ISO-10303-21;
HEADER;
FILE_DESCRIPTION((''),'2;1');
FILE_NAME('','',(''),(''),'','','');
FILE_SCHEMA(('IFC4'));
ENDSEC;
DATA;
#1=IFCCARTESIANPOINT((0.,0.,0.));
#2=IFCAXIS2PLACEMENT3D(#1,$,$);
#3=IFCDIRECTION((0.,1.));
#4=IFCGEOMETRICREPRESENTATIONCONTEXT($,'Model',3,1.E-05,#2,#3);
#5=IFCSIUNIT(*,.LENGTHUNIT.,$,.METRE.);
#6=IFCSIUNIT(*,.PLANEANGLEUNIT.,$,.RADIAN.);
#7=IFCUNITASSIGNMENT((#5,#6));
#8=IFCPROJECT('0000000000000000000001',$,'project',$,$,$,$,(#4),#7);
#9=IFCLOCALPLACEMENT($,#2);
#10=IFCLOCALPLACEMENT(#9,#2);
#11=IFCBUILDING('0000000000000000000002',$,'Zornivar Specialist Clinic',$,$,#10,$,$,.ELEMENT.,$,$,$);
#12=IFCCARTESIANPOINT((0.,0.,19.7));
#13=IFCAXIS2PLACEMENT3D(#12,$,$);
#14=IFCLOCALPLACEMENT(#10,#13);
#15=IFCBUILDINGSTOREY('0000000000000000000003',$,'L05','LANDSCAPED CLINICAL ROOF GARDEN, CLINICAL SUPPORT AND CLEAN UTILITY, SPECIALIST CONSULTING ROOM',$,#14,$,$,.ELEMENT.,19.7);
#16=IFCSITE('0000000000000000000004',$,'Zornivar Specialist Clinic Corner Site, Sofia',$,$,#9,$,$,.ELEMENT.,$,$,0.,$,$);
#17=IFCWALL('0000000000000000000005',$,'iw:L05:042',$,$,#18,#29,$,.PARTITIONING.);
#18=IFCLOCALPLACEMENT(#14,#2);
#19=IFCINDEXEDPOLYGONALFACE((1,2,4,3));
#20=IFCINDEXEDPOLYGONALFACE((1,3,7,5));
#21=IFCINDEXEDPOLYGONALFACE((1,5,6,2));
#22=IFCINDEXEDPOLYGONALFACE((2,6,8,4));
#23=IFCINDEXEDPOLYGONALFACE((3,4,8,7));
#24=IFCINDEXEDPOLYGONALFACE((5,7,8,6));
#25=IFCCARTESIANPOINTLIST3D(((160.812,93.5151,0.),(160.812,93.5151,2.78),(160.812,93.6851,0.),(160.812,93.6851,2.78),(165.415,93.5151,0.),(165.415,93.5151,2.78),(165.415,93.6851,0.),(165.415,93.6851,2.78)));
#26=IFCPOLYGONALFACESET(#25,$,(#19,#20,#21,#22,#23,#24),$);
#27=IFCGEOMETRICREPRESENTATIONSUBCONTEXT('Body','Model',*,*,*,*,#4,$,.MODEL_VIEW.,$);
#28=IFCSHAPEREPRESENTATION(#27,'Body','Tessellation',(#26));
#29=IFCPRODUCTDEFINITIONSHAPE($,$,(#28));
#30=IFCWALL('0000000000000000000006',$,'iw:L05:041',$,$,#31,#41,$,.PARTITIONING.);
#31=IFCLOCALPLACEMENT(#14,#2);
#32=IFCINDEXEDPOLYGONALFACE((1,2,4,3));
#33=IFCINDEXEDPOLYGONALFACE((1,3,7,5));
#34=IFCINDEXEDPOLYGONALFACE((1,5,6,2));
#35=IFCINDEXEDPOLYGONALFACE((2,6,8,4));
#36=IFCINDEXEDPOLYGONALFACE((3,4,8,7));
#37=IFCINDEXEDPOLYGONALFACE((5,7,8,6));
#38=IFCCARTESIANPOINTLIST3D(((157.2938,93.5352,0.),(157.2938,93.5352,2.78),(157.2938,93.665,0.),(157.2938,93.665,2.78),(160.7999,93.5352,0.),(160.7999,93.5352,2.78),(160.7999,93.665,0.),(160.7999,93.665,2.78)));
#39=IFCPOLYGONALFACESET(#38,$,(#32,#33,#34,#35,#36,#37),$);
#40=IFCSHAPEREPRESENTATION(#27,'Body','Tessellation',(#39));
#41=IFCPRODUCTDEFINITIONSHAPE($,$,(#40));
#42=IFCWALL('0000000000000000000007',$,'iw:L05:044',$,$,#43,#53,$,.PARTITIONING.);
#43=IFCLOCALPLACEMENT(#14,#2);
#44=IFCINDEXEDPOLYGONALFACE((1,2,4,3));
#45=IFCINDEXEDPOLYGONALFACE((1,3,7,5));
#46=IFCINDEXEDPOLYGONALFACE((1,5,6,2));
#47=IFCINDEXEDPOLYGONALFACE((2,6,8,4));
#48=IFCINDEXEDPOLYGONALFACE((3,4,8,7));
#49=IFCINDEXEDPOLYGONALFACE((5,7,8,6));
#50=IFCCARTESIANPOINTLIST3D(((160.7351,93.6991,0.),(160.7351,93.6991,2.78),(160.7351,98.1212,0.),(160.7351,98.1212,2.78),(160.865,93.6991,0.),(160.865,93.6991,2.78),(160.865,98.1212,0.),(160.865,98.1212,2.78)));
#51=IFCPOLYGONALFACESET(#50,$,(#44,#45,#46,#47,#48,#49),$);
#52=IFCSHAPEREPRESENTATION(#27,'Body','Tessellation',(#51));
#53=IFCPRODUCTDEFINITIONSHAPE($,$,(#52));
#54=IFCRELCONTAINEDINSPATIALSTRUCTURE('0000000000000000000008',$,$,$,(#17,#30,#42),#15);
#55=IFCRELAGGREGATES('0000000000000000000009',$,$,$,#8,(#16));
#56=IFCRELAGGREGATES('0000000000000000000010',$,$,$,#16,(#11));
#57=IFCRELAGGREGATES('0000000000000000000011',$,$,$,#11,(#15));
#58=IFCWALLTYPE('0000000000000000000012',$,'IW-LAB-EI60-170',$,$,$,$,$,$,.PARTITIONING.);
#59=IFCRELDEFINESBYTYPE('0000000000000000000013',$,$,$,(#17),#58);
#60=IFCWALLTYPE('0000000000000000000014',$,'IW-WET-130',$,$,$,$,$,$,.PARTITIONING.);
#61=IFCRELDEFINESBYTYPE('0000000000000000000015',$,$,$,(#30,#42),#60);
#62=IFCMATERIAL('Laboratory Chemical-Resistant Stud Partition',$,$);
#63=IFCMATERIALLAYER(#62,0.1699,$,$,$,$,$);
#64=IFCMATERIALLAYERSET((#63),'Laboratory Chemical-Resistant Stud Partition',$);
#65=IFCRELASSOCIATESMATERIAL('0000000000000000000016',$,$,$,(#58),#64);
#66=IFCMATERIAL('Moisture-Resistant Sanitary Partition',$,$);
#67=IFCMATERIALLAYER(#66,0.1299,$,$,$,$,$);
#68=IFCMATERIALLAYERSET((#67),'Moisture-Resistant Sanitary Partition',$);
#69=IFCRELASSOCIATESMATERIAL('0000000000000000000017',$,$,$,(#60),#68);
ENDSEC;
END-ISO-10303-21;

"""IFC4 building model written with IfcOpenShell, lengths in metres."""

from ifc_helpers import new_model, si_unit, direction, frame, frame_2d, origin, place, context, subcontext, project, spatial, rectangle, extrude, material, layer, layer_set, type_object, element, save


model = new_model("IFC4")

# Units and contexts
model_context = context("Model", 3, precision=1e-05, world=origin(), true_north=direction((0.0, 1.0)))
body_context = subcontext(model_context, "Body", "Model", "MODEL_VIEW")
ifc_project = project(units=[si_unit("LENGTHUNIT", "METRE"), si_unit("PLANEANGLEUNIT", "RADIAN")], contexts=[model_context])

# Site, building, storey
site_placement = place(None, origin())
site = spatial("IfcSite", under=ifc_project, at=site_placement, Name="Zornivar Specialist Clinic Corner Site, Sofia", CompositionType="ELEMENT", RefElevation=0.0)
building_placement = place(site_placement, origin())
building = spatial("IfcBuilding", under=site, at=building_placement, Name="Zornivar Specialist Clinic", CompositionType="ELEMENT")
storey_placement = place(building_placement, frame((0.0, 0.0, 19.7)))
storey = spatial("IfcBuildingStorey", under=building, at=storey_placement, Name="L05", Description="LANDSCAPED CLINICAL ROOF GARDEN, CLINICAL SUPPORT AND CLEAN UTILITY, SPECIALIST CONSULTING ROOM", CompositionType="ELEMENT", Elevation=19.7)

# Walls
ifc_material_1 = material(Name="Laboratory Chemical-Resistant Stud Partition")
ifc_layer_1 = layer(ifc_material_1, 0.1699)
ifc_layer_set_1 = layer_set([ifc_layer_1], Name="Laboratory Chemical-Resistant Stud Partition")
wall_type_1 = type_object("IfcWallType", Name="IW-LAB-EI60-170", PredefinedType="PARTITIONING", material=ifc_layer_set_1)
wall_1_placement = place(storey_placement, frame((160.812, 93.6001, 0.0), z_axis=(0.0, 0.0, 1.0), x_axis=(1.0, 0.0, 0.0)))
element("IfcWall", 1, at=wall_1_placement, inside=storey, type_object=wall_type_1, Name="iw:L05:042", PredefinedType="PARTITIONING", context=body_context, shape_type="SweptSolid", body=[
    extrude(rectangle(XDim=4.603, YDim=0.1699, at=frame_2d((2.3015, 0.0))), origin(), (0.0, 0.0, 1.0), 2.78),
])
ifc_material_2 = material(Name="Moisture-Resistant Sanitary Partition")
ifc_layer_2 = layer(ifc_material_2, 0.1299)
ifc_layer_set_2 = layer_set([ifc_layer_2], Name="Moisture-Resistant Sanitary Partition")
wall_type_2 = type_object("IfcWallType", Name="IW-WET-130", PredefinedType="PARTITIONING", material=ifc_layer_set_2)
wall_2_placement = place(storey_placement, frame((157.2939, 93.6001, 0.0), z_axis=(0.0, 0.0, 1.0), x_axis=(1.0, 0.0, 0.0)))
element("IfcWall", 2, at=wall_2_placement, inside=storey, type_object=wall_type_2, Name="iw:L05:041", PredefinedType="PARTITIONING", context=body_context, shape_type="SweptSolid", body=[
    extrude(rectangle(XDim=3.5061, YDim=0.1299, at=frame_2d((1.7529, 0.0))), origin(), (0.0, 0.0, 1.0), 2.78),
])
wall_3_placement = place(storey_placement, frame((160.8, 98.1211, 0.0), z_axis=(0.0, 0.0, 1.0), x_axis=(0.0, -1.0, 0.0)))
element("IfcWall", 3, at=wall_3_placement, inside=storey, type_object=wall_type_2, Name="iw:L05:044", PredefinedType="PARTITIONING", context=body_context, shape_type="SweptSolid", body=[
    extrude(rectangle(XDim=4.4221, YDim=0.1299, at=frame_2d((2.2109, 0.0))), origin(), (0.0, 0.0, 1.0), 2.78),
])

save(model, "model.ifc")
